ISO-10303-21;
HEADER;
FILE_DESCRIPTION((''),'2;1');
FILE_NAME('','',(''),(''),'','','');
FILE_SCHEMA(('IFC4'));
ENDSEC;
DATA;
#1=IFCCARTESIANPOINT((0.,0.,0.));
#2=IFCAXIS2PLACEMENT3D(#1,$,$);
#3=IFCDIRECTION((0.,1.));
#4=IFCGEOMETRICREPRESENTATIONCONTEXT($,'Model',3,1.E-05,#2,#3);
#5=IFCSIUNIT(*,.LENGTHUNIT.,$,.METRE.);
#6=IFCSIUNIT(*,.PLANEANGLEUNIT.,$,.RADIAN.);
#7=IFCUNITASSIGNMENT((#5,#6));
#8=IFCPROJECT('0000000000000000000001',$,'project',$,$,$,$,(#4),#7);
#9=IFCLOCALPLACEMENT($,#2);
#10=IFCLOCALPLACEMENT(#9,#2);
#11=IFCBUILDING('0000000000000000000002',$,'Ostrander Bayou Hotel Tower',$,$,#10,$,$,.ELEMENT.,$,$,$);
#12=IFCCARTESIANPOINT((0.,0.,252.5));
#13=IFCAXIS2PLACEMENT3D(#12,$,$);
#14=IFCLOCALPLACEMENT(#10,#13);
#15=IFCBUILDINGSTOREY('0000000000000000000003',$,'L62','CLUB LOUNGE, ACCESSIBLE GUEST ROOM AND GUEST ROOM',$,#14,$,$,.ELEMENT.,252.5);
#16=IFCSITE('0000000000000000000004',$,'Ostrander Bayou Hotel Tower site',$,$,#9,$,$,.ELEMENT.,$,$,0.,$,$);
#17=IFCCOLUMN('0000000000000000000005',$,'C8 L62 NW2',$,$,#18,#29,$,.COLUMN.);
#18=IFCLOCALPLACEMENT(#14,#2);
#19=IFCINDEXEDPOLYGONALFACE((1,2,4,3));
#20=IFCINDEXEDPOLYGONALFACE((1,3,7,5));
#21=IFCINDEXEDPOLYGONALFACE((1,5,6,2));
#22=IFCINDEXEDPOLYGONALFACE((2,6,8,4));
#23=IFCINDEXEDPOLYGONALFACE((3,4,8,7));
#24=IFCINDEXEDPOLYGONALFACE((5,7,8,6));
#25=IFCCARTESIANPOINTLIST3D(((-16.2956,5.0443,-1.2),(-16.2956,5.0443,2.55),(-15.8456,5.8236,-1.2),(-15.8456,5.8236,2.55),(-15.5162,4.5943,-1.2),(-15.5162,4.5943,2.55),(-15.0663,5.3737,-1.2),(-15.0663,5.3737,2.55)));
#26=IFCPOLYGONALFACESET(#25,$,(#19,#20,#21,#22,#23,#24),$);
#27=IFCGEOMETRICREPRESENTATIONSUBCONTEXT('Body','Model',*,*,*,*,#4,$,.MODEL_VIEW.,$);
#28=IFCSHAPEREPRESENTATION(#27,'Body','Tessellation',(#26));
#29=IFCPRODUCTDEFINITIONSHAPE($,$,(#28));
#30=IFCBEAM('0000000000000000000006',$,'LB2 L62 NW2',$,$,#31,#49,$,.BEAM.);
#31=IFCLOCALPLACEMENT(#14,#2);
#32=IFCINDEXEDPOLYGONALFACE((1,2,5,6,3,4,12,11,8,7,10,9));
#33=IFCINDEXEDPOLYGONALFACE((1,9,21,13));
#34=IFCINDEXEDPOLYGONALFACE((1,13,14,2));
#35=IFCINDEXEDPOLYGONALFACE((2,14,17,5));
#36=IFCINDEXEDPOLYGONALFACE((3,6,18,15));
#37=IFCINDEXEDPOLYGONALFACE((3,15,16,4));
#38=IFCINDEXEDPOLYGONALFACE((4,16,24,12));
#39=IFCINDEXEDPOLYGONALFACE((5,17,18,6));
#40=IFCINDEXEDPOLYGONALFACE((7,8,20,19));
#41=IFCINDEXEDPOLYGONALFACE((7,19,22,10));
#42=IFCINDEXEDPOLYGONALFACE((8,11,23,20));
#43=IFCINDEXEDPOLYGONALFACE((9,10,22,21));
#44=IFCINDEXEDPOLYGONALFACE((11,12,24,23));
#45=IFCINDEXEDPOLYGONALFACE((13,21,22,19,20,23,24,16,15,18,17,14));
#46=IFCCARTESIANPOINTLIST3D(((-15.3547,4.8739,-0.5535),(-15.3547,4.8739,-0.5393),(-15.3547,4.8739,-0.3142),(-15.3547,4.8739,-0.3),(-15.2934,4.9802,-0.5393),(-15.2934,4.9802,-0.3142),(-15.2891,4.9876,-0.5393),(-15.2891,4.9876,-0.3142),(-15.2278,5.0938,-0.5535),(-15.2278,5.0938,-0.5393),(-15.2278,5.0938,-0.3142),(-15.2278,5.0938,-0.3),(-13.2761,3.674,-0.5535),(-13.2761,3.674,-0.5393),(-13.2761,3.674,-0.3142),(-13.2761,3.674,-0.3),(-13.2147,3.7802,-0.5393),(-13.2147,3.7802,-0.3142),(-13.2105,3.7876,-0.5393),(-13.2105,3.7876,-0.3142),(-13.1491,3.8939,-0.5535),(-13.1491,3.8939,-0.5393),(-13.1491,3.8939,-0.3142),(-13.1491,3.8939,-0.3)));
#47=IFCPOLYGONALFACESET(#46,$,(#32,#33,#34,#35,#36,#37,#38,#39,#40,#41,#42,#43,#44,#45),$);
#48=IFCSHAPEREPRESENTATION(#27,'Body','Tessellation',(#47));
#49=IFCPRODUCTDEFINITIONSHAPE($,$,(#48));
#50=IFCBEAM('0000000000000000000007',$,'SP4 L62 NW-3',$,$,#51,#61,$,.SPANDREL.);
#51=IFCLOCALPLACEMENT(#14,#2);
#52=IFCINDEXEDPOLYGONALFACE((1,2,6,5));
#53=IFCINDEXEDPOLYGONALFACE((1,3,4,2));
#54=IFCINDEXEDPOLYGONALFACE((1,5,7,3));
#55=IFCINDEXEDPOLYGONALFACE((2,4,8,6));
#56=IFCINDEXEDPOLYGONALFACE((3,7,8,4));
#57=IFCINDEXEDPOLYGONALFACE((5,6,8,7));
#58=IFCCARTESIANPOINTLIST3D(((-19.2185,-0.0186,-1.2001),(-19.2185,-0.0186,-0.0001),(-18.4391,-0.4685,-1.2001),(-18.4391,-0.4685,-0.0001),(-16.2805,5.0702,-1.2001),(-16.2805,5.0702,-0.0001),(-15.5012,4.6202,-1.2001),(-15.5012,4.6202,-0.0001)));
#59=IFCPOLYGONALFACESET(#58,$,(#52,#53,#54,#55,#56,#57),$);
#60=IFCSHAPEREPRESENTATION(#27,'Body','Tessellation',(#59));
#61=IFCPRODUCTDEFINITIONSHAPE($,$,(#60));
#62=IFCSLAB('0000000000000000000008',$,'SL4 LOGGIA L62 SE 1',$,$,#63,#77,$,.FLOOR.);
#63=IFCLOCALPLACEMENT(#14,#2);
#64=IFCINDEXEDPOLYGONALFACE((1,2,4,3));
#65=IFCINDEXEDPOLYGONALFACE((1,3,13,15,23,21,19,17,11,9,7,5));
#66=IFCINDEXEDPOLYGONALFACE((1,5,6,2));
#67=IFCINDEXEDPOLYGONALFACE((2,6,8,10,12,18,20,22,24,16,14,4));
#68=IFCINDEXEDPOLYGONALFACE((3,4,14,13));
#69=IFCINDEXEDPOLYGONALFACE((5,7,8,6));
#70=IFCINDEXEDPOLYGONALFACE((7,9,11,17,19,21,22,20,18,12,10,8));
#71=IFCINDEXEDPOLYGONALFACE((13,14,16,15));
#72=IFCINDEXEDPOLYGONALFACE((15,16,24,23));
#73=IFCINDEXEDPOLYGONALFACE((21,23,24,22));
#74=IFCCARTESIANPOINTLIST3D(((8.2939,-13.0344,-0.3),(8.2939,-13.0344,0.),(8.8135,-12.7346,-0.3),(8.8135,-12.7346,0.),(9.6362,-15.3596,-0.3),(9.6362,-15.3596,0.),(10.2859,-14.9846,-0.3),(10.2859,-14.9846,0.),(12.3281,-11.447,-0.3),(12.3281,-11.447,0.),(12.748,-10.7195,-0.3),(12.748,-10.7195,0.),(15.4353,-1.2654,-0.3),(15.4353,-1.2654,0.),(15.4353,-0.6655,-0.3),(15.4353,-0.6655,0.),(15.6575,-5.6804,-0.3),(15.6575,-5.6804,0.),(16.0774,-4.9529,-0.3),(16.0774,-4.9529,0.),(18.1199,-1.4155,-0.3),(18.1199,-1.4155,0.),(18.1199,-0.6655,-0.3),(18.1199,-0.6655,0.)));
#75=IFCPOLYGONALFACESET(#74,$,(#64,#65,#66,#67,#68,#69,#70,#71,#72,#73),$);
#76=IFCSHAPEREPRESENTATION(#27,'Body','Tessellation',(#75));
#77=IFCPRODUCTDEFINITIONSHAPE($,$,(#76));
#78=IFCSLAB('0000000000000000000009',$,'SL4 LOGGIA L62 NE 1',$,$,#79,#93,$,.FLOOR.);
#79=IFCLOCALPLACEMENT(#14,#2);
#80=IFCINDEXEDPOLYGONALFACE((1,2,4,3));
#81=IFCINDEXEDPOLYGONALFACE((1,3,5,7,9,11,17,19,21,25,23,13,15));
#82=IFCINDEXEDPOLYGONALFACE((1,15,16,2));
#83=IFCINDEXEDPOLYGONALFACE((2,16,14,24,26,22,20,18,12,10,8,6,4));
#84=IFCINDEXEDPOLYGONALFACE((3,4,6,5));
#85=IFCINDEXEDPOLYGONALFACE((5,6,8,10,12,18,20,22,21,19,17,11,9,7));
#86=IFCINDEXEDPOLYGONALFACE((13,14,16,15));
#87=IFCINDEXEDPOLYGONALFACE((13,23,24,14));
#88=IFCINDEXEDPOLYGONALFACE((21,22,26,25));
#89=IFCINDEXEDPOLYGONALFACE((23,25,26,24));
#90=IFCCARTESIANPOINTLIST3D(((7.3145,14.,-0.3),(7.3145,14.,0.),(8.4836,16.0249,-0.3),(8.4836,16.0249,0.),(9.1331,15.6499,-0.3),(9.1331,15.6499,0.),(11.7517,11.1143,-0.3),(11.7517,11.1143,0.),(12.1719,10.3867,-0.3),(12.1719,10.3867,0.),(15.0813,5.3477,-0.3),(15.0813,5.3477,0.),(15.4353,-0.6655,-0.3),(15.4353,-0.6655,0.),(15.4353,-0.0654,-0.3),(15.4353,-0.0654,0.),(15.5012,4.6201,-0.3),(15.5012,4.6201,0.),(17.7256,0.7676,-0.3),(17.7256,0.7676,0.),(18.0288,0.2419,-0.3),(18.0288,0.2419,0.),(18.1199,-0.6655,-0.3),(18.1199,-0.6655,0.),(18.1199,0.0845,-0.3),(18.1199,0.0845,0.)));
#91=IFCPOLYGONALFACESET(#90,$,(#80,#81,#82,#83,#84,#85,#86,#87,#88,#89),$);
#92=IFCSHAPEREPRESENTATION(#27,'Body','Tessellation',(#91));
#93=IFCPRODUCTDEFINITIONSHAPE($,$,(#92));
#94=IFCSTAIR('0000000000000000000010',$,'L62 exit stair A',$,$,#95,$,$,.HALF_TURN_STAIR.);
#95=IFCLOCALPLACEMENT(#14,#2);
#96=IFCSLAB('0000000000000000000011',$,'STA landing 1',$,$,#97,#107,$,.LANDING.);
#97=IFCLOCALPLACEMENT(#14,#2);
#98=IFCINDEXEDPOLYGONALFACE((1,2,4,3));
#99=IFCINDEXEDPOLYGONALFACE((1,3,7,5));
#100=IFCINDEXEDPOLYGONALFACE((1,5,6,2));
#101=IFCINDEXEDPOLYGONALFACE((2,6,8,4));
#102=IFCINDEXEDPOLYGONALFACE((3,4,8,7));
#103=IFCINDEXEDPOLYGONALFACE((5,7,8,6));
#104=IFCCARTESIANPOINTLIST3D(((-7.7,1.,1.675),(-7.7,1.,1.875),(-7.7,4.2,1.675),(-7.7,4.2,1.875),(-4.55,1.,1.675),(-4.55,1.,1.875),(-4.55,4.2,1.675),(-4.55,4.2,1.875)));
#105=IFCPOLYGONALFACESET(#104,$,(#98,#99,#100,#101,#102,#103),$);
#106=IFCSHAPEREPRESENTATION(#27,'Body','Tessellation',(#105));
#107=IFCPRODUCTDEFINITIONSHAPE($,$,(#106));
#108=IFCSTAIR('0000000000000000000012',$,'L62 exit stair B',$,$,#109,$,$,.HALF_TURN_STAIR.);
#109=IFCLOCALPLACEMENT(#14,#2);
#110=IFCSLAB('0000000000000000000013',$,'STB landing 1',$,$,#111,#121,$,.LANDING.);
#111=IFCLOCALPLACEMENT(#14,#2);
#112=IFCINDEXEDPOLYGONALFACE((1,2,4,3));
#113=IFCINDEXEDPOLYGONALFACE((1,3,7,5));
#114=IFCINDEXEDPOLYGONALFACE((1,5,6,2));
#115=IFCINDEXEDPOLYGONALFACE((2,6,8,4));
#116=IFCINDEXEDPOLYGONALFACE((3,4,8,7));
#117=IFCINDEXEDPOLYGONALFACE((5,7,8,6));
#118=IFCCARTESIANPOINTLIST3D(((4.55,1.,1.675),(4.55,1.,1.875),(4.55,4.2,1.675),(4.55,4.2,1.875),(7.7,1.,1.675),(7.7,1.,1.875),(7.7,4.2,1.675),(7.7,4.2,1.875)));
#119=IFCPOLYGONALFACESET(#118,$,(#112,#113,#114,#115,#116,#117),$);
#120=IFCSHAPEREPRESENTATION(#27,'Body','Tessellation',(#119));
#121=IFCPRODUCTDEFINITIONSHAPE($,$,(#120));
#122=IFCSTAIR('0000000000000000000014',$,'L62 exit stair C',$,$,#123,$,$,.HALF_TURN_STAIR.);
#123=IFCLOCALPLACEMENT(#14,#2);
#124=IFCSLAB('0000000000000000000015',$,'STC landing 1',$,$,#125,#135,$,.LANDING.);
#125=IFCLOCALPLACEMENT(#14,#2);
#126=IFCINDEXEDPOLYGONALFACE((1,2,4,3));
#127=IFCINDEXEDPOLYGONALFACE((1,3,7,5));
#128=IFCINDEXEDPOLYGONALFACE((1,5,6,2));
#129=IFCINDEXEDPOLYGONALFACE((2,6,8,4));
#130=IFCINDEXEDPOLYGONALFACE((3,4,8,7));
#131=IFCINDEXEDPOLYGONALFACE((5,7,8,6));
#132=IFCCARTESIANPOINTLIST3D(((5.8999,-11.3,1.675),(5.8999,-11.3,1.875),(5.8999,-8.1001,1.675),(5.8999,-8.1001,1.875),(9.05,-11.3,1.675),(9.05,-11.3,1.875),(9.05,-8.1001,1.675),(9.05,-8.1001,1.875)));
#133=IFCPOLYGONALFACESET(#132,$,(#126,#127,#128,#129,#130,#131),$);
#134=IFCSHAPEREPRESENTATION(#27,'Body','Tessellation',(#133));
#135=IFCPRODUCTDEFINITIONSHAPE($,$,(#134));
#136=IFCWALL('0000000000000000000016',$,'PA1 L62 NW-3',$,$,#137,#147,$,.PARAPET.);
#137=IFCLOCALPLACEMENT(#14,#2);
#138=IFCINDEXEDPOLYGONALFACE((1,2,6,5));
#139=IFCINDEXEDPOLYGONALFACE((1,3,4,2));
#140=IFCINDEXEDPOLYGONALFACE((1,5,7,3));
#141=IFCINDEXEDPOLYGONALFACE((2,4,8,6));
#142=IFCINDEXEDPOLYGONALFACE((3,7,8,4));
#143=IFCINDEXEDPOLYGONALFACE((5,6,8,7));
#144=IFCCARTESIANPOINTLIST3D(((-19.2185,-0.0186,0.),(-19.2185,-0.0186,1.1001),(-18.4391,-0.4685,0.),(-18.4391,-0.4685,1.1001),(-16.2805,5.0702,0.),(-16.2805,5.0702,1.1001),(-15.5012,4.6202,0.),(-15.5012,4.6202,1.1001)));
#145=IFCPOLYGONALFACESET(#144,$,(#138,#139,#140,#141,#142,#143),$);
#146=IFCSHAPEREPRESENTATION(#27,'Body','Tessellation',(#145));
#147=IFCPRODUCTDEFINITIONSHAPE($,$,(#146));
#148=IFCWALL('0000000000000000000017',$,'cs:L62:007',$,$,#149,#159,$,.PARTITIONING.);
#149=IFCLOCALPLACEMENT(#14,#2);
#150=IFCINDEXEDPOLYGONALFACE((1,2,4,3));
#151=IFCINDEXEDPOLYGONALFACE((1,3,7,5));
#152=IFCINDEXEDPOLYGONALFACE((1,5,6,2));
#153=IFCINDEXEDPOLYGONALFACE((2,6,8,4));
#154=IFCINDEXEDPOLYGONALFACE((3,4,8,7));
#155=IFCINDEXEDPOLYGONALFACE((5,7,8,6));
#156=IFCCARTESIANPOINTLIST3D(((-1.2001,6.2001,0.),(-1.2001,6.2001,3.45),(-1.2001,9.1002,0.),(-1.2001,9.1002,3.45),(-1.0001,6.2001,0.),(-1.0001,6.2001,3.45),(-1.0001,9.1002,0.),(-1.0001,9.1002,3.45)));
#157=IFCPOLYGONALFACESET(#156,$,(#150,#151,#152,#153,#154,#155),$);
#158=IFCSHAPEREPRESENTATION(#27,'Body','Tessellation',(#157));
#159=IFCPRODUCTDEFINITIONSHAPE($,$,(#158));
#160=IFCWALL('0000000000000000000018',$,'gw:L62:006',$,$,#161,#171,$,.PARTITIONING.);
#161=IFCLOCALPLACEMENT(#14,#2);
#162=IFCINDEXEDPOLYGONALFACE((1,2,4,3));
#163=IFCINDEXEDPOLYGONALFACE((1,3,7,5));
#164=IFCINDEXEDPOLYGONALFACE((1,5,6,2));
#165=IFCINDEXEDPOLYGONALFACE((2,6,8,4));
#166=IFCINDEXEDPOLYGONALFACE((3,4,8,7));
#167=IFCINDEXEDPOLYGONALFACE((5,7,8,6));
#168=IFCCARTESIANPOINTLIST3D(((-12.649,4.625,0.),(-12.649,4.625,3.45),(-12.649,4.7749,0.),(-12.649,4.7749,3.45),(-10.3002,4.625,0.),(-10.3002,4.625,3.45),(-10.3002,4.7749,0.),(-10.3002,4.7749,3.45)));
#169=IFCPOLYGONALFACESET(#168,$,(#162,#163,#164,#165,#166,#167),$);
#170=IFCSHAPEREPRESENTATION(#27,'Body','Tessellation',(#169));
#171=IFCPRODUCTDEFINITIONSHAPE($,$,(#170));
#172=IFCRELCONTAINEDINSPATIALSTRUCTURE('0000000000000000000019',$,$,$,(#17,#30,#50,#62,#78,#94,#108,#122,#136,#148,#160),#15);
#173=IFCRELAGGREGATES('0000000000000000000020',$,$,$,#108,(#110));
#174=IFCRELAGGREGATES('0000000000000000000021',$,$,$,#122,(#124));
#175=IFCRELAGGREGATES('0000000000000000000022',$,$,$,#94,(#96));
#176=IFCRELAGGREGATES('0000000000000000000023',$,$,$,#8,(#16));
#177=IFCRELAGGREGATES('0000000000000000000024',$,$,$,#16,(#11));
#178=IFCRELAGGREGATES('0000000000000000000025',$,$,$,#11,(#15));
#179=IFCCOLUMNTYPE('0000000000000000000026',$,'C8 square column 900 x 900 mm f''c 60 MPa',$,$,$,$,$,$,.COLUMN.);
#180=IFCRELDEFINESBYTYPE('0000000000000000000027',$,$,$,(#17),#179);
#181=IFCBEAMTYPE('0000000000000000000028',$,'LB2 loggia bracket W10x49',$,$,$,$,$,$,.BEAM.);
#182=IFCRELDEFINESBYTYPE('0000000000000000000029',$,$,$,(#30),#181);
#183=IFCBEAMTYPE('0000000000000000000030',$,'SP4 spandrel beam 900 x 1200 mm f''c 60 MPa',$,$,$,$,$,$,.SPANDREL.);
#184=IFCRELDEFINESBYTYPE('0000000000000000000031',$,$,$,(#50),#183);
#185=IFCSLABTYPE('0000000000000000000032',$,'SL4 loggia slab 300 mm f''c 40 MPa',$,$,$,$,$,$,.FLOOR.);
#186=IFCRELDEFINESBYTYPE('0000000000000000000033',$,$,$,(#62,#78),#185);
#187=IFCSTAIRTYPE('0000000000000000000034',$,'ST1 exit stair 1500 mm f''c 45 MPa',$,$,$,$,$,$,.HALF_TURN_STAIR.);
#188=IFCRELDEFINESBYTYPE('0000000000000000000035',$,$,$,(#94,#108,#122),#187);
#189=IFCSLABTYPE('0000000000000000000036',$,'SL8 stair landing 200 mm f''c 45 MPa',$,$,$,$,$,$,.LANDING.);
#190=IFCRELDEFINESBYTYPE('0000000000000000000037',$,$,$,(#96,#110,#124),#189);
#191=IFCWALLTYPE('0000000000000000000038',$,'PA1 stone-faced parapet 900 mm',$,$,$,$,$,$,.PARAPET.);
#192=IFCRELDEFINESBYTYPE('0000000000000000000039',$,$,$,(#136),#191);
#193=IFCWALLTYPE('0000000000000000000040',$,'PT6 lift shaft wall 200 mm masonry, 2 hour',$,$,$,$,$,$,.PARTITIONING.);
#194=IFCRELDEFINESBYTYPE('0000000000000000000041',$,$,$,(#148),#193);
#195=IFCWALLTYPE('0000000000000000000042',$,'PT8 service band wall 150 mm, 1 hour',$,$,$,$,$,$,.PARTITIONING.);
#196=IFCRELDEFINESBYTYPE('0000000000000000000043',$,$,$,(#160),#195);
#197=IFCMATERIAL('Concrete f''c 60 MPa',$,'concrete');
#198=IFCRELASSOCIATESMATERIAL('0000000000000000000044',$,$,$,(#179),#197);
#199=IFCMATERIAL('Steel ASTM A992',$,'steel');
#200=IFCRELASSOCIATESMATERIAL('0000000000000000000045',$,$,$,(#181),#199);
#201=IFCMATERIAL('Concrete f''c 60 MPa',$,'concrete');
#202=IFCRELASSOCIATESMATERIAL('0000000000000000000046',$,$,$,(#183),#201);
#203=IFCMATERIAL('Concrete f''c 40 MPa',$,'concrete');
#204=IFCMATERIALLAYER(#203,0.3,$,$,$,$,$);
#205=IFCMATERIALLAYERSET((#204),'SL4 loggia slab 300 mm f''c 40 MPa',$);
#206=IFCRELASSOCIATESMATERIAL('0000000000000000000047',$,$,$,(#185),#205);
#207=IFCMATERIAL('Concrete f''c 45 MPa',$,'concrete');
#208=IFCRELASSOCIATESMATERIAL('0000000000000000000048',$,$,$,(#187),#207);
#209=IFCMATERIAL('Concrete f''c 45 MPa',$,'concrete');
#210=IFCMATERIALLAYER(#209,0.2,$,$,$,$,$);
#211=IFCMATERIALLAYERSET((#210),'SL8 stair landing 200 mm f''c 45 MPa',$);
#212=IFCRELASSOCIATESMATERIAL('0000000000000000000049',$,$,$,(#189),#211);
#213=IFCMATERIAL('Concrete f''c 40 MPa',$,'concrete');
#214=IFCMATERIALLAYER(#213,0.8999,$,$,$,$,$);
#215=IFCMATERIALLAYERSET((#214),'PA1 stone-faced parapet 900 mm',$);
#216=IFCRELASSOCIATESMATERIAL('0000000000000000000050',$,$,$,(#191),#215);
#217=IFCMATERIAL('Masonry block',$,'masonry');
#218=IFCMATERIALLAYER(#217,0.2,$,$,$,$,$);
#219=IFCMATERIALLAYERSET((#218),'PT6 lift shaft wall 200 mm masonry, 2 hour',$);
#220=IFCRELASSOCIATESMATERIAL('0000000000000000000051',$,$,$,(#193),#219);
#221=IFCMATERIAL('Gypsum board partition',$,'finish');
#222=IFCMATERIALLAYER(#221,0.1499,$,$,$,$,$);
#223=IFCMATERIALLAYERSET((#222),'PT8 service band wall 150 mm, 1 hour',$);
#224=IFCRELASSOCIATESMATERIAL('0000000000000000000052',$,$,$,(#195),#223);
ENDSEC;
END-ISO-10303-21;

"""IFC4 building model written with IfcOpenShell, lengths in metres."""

from ifc_helpers import new_model, si_unit, direction, frame, frame_2d, origin, origin_2d, place, context, subcontext, project, spatial, polyline, rectangle, i_section, outline, extrude, material, layer, layer_set, material_profile, profile_set, type_object, element, aggregate, save


model = new_model("IFC4")

# Units and contexts
model_context = context("Model", 3, precision=1e-05, world=origin(), true_north=direction((0.0, 1.0)))
body_context = subcontext(model_context, "Body", "Model", "MODEL_VIEW")
ifc_project = project(units=[si_unit("LENGTHUNIT", "METRE"), si_unit("PLANEANGLEUNIT", "RADIAN")], contexts=[model_context])

# Site, building, storey
site_placement = place(None, origin())
site = spatial("IfcSite", under=ifc_project, at=site_placement, Name="Ostrander Bayou Hotel Tower site", CompositionType="ELEMENT", RefElevation=0.0)
building_placement = place(site_placement, origin())
building = spatial("IfcBuilding", under=site, at=building_placement, Name="Ostrander Bayou Hotel Tower", CompositionType="ELEMENT")
storey_placement = place(building_placement, frame((0.0, 0.0, 252.5)))
storey = spatial("IfcBuildingStorey", under=building, at=storey_placement, Name="L62", Description="CLUB LOUNGE, ACCESSIBLE GUEST ROOM AND GUEST ROOM", CompositionType="ELEMENT", Elevation=252.5)

# Column
ifc_material_1 = material(Name="Concrete f'c 60 MPa", Category="concrete")
ifc_material_profile_1 = material_profile(ifc_material_1, rectangle(XDim=0.8999, YDim=0.8999, at=origin_2d()))
ifc_profile_set_1 = profile_set([ifc_material_profile_1], Name="Concrete f'c 60 MPa")
column_type = type_object("IfcColumnType", Name="C8 square column 900 x 900 mm f'c 60 MPa", PredefinedType="COLUMN", material=ifc_profile_set_1)
column_placement = place(storey_placement, frame((-15.6809, 5.209, -1.2), z_axis=(0.0, 0.0, 1.0), x_axis=(0.5, 0.866025, 0.0)))
element("IfcColumn", 1, at=column_placement, inside=storey, type_object=column_type, Name="C8 L62 NW2", PredefinedType="COLUMN", context=body_context, shape_type="SweptSolid", body=[
    extrude(rectangle(XDim=0.8999, YDim=0.8999, at=origin_2d()), origin(), (0.0, 0.0, 1.0), 3.75),
])

# Beams
ifc_material_2 = material(Name="Steel ASTM A992", Category="steel")
ifc_material_profile_2 = material_profile(ifc_material_2, i_section(OverallWidth=0.2539, OverallDepth=0.2534, WebThickness=0.0085, FlangeThickness=0.0142, at=origin_2d()))
ifc_profile_set_2 = profile_set([ifc_material_profile_2], Name="Steel ASTM A992")
beam_type_1 = type_object("IfcBeamType", Name="LB2 loggia bracket W10x49", PredefinedType="BEAM", material=ifc_profile_set_2)
beam_1_placement = place(storey_placement, frame((-15.2913, 4.9839, -0.4268), z_axis=(0.86605, -0.499957, 0.0), x_axis=(0.499957, 0.86605, 0.0)))
element("IfcBeam", 2, at=beam_1_placement, inside=storey, type_object=beam_type_1, Name="LB2 L62 NW2", PredefinedType="BEAM", context=body_context, shape_type="SweptSolid", body=[
    extrude(i_section(OverallWidth=0.2539, OverallDepth=0.2534, WebThickness=0.0085, FlangeThickness=0.0142, at=origin_2d()), origin(), (0.0, 0.0, 1.0), 2.4001),
])
ifc_material_3 = material(Name="Concrete f'c 60 MPa", Category="concrete")
ifc_material_profile_3 = material_profile(ifc_material_3, rectangle(XDim=0.8999, YDim=1.2, at=origin_2d()))
ifc_profile_set_3 = profile_set([ifc_material_profile_3], Name="Concrete f'c 60 MPa")
beam_type_2 = type_object("IfcBeamType", Name="SP4 spandrel beam 900 x 1200 mm f'c 60 MPa", PredefinedType="SPANDREL", material=ifc_profile_set_3)
beam_2_placement = place(storey_placement, frame((-15.8909, 4.8452, -0.6001), z_axis=(-0.499991, -0.866031, 0.0), x_axis=(0.866031, -0.499991, 0.0)))
element("IfcBeam", 3, at=beam_2_placement, inside=storey, type_object=beam_type_2, Name="SP4 L62 NW-3", PredefinedType="SPANDREL", context=body_context, shape_type="SweptSolid", body=[
    extrude(rectangle(XDim=0.8999, YDim=1.2, at=origin_2d()), origin(), (0.0, 0.0, 1.0), 5.876),
])

# Slabs
ifc_material_4 = material(Name="Concrete f'c 40 MPa", Category="concrete")
ifc_layer_1 = layer(ifc_material_4, 0.3)
ifc_layer_set_1 = layer_set([ifc_layer_1], Name="SL4 loggia slab 300 mm f'c 40 MPa")
slab_type_1 = type_object("IfcSlabType", Name="SL4 loggia slab 300 mm f'c 40 MPa", PredefinedType="FLOOR", material=ifc_layer_set_1)
slab_1_placement = place(storey_placement, frame((0.0, 0.0, -0.3)))
element("IfcSlab", 4, at=slab_1_placement, inside=storey, type_object=slab_type_1, Name="SL4 LOGGIA L62 SE 1", PredefinedType="FLOOR", context=body_context, shape_type="SweptSolid", body=[
    extrude(outline(polyline([(15.4353, -0.6655), (18.1199, -0.6655), (18.1199, -1.4155), (16.0774, -4.9529), (15.6575, -5.6804), (12.748, -10.7195), (12.3281, -11.447), (10.2859, -14.9846), (9.6362, -15.3596), (8.2939, -13.0344), (8.8135, -12.7346), (15.4353, -1.2654), (15.4353, -0.6655)])), origin(), (0.0, 0.0, 1.0), 0.3),
])
slab_2_placement = place(storey_placement, frame((0.0, 0.0, -0.3)))
element("IfcSlab", 5, at=slab_2_placement, inside=storey, type_object=slab_type_1, Name="SL4 LOGGIA L62 NE 1", PredefinedType="FLOOR", context=body_context, shape_type="SweptSolid", body=[
    extrude(outline(polyline([(8.4836, 16.0249), (9.1331, 15.6499), (11.7517, 11.1143), (12.1719, 10.3867), (15.0813, 5.3477), (15.5012, 4.6201), (17.7256, 0.7676), (18.0288, 0.2419), (18.1199, 0.0845), (18.1199, -0.6655), (15.4353, -0.6655), (15.4353, -0.0654), (7.3145, 14.0), (8.4836, 16.0249)])), origin(), (0.0, 0.0, 1.0), 0.3),
])

# Stairs, slabs
ifc_material_5 = material(Name="Concrete f'c 45 MPa", Category="concrete")
stair_type = type_object("IfcStairType", Name="ST1 exit stair 1500 mm f'c 45 MPa", PredefinedType="HALF_TURN_STAIR", material=ifc_material_5)
stair_1_placement = place(storey_placement, origin())
stair_1 = element("IfcStair", 6, at=stair_1_placement, inside=storey, type_object=stair_type, Name="L62 exit stair A", PredefinedType="HALF_TURN_STAIR")
ifc_material_6 = material(Name="Concrete f'c 45 MPa", Category="concrete")
ifc_layer_2 = layer(ifc_material_6, 0.2)
ifc_layer_set_2 = layer_set([ifc_layer_2], Name="SL8 stair landing 200 mm f'c 45 MPa")
slab_type_2 = type_object("IfcSlabType", Name="SL8 stair landing 200 mm f'c 45 MPa", PredefinedType="LANDING", material=ifc_layer_set_2)
slab_3_placement = place(storey_placement, frame((0.0, 0.0, 1.675)))
slab_3 = element("IfcSlab", 7, at=slab_3_placement, type_object=slab_type_2, Name="STA landing 1", PredefinedType="LANDING", context=body_context, shape_type="SweptSolid", body=[
    extrude(outline(polyline([(-7.7, 4.2), (-7.7, 1.0), (-4.55, 1.0), (-4.55, 4.2), (-7.7, 4.2)])), origin(), (0.0, 0.0, 1.0), 0.2),
])
stair_2_placement = place(storey_placement, origin())
stair_2 = element("IfcStair", 8, at=stair_2_placement, inside=storey, type_object=stair_type, Name="L62 exit stair B", PredefinedType="HALF_TURN_STAIR")
slab_4_placement = place(storey_placement, frame((0.0, 0.0, 1.675)))
slab_4 = element("IfcSlab", 9, at=slab_4_placement, type_object=slab_type_2, Name="STB landing 1", PredefinedType="LANDING", context=body_context, shape_type="SweptSolid", body=[
    extrude(outline(polyline([(4.55, 4.2), (4.55, 1.0), (7.7, 1.0), (7.7, 4.2), (4.55, 4.2)])), origin(), (0.0, 0.0, 1.0), 0.2),
])
aggregate(stair_2, [slab_4])
stair_3_placement = place(storey_placement, origin())
stair_3 = element("IfcStair", 10, at=stair_3_placement, inside=storey, type_object=stair_type, Name="L62 exit stair C", PredefinedType="HALF_TURN_STAIR")
slab_5_placement = place(storey_placement, frame((0.0, 0.0, 1.675)))
slab_5 = element("IfcSlab", 11, at=slab_5_placement, type_object=slab_type_2, Name="STC landing 1", PredefinedType="LANDING", context=body_context, shape_type="SweptSolid", body=[
    extrude(outline(polyline([(5.8999, -8.1001), (5.8999, -11.3), (9.05, -11.3), (9.05, -8.1001), (5.8999, -8.1001)])), origin(), (0.0, 0.0, 1.0), 0.2),
])
aggregate(stair_3, [slab_5])

# Wall
ifc_material_7 = material(Name="Concrete f'c 40 MPa", Category="concrete")
ifc_layer_3 = layer(ifc_material_7, 0.8999)
ifc_layer_set_3 = layer_set([ifc_layer_3], Name="PA1 stone-faced parapet 900 mm")
wall_type_1 = type_object("IfcWallType", Name="PA1 stone-faced parapet 900 mm", PredefinedType="PARAPET", material=ifc_layer_set_3)
wall_1_placement = place(storey_placement, frame((-15.8909, 4.8452, 0.0), z_axis=(0.0, 0.0, 1.0), x_axis=(-0.499991, -0.866031, 0.0)))
element("IfcWall", 12, at=wall_1_placement, inside=storey, type_object=wall_type_1, Name="PA1 L62 NW-3", PredefinedType="PARAPET", context=body_context, shape_type="SweptSolid", body=[
    extrude(rectangle(XDim=5.876, YDim=0.8999, at=frame_2d((2.938, 0.0))), origin(), (0.0, 0.0, 1.0), 1.1001),
])

# Shared definitions
ifc_material_8 = material(Name="Masonry block", Category="masonry")
ifc_layer_4 = layer(ifc_material_8, 0.2)
ifc_layer_set_4 = layer_set([ifc_layer_4], Name="PT6 lift shaft wall 200 mm masonry, 2 hour")
wall_type_2 = type_object("IfcWallType", Name="PT6 lift shaft wall 200 mm masonry, 2 hour", PredefinedType="PARTITIONING", material=ifc_layer_set_4)

# Walls
wall_2_placement = place(storey_placement, frame((-1.1001, 6.2, 0.0), z_axis=(0.0, 0.0, 1.0), x_axis=(0.0, 1.0, 0.0)))
element("IfcWall", 13, at=wall_2_placement, inside=storey, type_object=wall_type_2, Name="cs:L62:007", PredefinedType="PARTITIONING", context=body_context, shape_type="SweptSolid", body=[
    extrude(rectangle(XDim=2.9001, YDim=0.2, at=frame_2d((1.4502, 0.0))), origin(), (0.0, 0.0, 1.0), 3.45),
])
ifc_material_9 = material(Name="Gypsum board partition", Category="finish")
ifc_layer_5 = layer(ifc_material_9, 0.1499)
ifc_layer_set_5 = layer_set([ifc_layer_5], Name="PT8 service band wall 150 mm, 1 hour")
wall_type_3 = type_object("IfcWallType", Name="PT8 service band wall 150 mm, 1 hour", PredefinedType="PARTITIONING", material=ifc_layer_set_5)
wall_3_placement = place(storey_placement, frame((-12.6489, 4.7, 0.0), z_axis=(0.0, 0.0, 1.0), x_axis=(1.0, 0.0, 0.0)))
element("IfcWall", 14, at=wall_3_placement, inside=storey, type_object=wall_type_3, Name="gw:L62:006", PredefinedType="PARTITIONING", context=body_context, shape_type="SweptSolid", body=[
    extrude(rectangle(XDim=2.3489, YDim=0.1499, at=frame_2d((1.1743, 0.0))), origin(), (0.0, 0.0, 1.0), 3.45),
])

aggregate(stair_1, [slab_3])

save(model, "model.ifc")
